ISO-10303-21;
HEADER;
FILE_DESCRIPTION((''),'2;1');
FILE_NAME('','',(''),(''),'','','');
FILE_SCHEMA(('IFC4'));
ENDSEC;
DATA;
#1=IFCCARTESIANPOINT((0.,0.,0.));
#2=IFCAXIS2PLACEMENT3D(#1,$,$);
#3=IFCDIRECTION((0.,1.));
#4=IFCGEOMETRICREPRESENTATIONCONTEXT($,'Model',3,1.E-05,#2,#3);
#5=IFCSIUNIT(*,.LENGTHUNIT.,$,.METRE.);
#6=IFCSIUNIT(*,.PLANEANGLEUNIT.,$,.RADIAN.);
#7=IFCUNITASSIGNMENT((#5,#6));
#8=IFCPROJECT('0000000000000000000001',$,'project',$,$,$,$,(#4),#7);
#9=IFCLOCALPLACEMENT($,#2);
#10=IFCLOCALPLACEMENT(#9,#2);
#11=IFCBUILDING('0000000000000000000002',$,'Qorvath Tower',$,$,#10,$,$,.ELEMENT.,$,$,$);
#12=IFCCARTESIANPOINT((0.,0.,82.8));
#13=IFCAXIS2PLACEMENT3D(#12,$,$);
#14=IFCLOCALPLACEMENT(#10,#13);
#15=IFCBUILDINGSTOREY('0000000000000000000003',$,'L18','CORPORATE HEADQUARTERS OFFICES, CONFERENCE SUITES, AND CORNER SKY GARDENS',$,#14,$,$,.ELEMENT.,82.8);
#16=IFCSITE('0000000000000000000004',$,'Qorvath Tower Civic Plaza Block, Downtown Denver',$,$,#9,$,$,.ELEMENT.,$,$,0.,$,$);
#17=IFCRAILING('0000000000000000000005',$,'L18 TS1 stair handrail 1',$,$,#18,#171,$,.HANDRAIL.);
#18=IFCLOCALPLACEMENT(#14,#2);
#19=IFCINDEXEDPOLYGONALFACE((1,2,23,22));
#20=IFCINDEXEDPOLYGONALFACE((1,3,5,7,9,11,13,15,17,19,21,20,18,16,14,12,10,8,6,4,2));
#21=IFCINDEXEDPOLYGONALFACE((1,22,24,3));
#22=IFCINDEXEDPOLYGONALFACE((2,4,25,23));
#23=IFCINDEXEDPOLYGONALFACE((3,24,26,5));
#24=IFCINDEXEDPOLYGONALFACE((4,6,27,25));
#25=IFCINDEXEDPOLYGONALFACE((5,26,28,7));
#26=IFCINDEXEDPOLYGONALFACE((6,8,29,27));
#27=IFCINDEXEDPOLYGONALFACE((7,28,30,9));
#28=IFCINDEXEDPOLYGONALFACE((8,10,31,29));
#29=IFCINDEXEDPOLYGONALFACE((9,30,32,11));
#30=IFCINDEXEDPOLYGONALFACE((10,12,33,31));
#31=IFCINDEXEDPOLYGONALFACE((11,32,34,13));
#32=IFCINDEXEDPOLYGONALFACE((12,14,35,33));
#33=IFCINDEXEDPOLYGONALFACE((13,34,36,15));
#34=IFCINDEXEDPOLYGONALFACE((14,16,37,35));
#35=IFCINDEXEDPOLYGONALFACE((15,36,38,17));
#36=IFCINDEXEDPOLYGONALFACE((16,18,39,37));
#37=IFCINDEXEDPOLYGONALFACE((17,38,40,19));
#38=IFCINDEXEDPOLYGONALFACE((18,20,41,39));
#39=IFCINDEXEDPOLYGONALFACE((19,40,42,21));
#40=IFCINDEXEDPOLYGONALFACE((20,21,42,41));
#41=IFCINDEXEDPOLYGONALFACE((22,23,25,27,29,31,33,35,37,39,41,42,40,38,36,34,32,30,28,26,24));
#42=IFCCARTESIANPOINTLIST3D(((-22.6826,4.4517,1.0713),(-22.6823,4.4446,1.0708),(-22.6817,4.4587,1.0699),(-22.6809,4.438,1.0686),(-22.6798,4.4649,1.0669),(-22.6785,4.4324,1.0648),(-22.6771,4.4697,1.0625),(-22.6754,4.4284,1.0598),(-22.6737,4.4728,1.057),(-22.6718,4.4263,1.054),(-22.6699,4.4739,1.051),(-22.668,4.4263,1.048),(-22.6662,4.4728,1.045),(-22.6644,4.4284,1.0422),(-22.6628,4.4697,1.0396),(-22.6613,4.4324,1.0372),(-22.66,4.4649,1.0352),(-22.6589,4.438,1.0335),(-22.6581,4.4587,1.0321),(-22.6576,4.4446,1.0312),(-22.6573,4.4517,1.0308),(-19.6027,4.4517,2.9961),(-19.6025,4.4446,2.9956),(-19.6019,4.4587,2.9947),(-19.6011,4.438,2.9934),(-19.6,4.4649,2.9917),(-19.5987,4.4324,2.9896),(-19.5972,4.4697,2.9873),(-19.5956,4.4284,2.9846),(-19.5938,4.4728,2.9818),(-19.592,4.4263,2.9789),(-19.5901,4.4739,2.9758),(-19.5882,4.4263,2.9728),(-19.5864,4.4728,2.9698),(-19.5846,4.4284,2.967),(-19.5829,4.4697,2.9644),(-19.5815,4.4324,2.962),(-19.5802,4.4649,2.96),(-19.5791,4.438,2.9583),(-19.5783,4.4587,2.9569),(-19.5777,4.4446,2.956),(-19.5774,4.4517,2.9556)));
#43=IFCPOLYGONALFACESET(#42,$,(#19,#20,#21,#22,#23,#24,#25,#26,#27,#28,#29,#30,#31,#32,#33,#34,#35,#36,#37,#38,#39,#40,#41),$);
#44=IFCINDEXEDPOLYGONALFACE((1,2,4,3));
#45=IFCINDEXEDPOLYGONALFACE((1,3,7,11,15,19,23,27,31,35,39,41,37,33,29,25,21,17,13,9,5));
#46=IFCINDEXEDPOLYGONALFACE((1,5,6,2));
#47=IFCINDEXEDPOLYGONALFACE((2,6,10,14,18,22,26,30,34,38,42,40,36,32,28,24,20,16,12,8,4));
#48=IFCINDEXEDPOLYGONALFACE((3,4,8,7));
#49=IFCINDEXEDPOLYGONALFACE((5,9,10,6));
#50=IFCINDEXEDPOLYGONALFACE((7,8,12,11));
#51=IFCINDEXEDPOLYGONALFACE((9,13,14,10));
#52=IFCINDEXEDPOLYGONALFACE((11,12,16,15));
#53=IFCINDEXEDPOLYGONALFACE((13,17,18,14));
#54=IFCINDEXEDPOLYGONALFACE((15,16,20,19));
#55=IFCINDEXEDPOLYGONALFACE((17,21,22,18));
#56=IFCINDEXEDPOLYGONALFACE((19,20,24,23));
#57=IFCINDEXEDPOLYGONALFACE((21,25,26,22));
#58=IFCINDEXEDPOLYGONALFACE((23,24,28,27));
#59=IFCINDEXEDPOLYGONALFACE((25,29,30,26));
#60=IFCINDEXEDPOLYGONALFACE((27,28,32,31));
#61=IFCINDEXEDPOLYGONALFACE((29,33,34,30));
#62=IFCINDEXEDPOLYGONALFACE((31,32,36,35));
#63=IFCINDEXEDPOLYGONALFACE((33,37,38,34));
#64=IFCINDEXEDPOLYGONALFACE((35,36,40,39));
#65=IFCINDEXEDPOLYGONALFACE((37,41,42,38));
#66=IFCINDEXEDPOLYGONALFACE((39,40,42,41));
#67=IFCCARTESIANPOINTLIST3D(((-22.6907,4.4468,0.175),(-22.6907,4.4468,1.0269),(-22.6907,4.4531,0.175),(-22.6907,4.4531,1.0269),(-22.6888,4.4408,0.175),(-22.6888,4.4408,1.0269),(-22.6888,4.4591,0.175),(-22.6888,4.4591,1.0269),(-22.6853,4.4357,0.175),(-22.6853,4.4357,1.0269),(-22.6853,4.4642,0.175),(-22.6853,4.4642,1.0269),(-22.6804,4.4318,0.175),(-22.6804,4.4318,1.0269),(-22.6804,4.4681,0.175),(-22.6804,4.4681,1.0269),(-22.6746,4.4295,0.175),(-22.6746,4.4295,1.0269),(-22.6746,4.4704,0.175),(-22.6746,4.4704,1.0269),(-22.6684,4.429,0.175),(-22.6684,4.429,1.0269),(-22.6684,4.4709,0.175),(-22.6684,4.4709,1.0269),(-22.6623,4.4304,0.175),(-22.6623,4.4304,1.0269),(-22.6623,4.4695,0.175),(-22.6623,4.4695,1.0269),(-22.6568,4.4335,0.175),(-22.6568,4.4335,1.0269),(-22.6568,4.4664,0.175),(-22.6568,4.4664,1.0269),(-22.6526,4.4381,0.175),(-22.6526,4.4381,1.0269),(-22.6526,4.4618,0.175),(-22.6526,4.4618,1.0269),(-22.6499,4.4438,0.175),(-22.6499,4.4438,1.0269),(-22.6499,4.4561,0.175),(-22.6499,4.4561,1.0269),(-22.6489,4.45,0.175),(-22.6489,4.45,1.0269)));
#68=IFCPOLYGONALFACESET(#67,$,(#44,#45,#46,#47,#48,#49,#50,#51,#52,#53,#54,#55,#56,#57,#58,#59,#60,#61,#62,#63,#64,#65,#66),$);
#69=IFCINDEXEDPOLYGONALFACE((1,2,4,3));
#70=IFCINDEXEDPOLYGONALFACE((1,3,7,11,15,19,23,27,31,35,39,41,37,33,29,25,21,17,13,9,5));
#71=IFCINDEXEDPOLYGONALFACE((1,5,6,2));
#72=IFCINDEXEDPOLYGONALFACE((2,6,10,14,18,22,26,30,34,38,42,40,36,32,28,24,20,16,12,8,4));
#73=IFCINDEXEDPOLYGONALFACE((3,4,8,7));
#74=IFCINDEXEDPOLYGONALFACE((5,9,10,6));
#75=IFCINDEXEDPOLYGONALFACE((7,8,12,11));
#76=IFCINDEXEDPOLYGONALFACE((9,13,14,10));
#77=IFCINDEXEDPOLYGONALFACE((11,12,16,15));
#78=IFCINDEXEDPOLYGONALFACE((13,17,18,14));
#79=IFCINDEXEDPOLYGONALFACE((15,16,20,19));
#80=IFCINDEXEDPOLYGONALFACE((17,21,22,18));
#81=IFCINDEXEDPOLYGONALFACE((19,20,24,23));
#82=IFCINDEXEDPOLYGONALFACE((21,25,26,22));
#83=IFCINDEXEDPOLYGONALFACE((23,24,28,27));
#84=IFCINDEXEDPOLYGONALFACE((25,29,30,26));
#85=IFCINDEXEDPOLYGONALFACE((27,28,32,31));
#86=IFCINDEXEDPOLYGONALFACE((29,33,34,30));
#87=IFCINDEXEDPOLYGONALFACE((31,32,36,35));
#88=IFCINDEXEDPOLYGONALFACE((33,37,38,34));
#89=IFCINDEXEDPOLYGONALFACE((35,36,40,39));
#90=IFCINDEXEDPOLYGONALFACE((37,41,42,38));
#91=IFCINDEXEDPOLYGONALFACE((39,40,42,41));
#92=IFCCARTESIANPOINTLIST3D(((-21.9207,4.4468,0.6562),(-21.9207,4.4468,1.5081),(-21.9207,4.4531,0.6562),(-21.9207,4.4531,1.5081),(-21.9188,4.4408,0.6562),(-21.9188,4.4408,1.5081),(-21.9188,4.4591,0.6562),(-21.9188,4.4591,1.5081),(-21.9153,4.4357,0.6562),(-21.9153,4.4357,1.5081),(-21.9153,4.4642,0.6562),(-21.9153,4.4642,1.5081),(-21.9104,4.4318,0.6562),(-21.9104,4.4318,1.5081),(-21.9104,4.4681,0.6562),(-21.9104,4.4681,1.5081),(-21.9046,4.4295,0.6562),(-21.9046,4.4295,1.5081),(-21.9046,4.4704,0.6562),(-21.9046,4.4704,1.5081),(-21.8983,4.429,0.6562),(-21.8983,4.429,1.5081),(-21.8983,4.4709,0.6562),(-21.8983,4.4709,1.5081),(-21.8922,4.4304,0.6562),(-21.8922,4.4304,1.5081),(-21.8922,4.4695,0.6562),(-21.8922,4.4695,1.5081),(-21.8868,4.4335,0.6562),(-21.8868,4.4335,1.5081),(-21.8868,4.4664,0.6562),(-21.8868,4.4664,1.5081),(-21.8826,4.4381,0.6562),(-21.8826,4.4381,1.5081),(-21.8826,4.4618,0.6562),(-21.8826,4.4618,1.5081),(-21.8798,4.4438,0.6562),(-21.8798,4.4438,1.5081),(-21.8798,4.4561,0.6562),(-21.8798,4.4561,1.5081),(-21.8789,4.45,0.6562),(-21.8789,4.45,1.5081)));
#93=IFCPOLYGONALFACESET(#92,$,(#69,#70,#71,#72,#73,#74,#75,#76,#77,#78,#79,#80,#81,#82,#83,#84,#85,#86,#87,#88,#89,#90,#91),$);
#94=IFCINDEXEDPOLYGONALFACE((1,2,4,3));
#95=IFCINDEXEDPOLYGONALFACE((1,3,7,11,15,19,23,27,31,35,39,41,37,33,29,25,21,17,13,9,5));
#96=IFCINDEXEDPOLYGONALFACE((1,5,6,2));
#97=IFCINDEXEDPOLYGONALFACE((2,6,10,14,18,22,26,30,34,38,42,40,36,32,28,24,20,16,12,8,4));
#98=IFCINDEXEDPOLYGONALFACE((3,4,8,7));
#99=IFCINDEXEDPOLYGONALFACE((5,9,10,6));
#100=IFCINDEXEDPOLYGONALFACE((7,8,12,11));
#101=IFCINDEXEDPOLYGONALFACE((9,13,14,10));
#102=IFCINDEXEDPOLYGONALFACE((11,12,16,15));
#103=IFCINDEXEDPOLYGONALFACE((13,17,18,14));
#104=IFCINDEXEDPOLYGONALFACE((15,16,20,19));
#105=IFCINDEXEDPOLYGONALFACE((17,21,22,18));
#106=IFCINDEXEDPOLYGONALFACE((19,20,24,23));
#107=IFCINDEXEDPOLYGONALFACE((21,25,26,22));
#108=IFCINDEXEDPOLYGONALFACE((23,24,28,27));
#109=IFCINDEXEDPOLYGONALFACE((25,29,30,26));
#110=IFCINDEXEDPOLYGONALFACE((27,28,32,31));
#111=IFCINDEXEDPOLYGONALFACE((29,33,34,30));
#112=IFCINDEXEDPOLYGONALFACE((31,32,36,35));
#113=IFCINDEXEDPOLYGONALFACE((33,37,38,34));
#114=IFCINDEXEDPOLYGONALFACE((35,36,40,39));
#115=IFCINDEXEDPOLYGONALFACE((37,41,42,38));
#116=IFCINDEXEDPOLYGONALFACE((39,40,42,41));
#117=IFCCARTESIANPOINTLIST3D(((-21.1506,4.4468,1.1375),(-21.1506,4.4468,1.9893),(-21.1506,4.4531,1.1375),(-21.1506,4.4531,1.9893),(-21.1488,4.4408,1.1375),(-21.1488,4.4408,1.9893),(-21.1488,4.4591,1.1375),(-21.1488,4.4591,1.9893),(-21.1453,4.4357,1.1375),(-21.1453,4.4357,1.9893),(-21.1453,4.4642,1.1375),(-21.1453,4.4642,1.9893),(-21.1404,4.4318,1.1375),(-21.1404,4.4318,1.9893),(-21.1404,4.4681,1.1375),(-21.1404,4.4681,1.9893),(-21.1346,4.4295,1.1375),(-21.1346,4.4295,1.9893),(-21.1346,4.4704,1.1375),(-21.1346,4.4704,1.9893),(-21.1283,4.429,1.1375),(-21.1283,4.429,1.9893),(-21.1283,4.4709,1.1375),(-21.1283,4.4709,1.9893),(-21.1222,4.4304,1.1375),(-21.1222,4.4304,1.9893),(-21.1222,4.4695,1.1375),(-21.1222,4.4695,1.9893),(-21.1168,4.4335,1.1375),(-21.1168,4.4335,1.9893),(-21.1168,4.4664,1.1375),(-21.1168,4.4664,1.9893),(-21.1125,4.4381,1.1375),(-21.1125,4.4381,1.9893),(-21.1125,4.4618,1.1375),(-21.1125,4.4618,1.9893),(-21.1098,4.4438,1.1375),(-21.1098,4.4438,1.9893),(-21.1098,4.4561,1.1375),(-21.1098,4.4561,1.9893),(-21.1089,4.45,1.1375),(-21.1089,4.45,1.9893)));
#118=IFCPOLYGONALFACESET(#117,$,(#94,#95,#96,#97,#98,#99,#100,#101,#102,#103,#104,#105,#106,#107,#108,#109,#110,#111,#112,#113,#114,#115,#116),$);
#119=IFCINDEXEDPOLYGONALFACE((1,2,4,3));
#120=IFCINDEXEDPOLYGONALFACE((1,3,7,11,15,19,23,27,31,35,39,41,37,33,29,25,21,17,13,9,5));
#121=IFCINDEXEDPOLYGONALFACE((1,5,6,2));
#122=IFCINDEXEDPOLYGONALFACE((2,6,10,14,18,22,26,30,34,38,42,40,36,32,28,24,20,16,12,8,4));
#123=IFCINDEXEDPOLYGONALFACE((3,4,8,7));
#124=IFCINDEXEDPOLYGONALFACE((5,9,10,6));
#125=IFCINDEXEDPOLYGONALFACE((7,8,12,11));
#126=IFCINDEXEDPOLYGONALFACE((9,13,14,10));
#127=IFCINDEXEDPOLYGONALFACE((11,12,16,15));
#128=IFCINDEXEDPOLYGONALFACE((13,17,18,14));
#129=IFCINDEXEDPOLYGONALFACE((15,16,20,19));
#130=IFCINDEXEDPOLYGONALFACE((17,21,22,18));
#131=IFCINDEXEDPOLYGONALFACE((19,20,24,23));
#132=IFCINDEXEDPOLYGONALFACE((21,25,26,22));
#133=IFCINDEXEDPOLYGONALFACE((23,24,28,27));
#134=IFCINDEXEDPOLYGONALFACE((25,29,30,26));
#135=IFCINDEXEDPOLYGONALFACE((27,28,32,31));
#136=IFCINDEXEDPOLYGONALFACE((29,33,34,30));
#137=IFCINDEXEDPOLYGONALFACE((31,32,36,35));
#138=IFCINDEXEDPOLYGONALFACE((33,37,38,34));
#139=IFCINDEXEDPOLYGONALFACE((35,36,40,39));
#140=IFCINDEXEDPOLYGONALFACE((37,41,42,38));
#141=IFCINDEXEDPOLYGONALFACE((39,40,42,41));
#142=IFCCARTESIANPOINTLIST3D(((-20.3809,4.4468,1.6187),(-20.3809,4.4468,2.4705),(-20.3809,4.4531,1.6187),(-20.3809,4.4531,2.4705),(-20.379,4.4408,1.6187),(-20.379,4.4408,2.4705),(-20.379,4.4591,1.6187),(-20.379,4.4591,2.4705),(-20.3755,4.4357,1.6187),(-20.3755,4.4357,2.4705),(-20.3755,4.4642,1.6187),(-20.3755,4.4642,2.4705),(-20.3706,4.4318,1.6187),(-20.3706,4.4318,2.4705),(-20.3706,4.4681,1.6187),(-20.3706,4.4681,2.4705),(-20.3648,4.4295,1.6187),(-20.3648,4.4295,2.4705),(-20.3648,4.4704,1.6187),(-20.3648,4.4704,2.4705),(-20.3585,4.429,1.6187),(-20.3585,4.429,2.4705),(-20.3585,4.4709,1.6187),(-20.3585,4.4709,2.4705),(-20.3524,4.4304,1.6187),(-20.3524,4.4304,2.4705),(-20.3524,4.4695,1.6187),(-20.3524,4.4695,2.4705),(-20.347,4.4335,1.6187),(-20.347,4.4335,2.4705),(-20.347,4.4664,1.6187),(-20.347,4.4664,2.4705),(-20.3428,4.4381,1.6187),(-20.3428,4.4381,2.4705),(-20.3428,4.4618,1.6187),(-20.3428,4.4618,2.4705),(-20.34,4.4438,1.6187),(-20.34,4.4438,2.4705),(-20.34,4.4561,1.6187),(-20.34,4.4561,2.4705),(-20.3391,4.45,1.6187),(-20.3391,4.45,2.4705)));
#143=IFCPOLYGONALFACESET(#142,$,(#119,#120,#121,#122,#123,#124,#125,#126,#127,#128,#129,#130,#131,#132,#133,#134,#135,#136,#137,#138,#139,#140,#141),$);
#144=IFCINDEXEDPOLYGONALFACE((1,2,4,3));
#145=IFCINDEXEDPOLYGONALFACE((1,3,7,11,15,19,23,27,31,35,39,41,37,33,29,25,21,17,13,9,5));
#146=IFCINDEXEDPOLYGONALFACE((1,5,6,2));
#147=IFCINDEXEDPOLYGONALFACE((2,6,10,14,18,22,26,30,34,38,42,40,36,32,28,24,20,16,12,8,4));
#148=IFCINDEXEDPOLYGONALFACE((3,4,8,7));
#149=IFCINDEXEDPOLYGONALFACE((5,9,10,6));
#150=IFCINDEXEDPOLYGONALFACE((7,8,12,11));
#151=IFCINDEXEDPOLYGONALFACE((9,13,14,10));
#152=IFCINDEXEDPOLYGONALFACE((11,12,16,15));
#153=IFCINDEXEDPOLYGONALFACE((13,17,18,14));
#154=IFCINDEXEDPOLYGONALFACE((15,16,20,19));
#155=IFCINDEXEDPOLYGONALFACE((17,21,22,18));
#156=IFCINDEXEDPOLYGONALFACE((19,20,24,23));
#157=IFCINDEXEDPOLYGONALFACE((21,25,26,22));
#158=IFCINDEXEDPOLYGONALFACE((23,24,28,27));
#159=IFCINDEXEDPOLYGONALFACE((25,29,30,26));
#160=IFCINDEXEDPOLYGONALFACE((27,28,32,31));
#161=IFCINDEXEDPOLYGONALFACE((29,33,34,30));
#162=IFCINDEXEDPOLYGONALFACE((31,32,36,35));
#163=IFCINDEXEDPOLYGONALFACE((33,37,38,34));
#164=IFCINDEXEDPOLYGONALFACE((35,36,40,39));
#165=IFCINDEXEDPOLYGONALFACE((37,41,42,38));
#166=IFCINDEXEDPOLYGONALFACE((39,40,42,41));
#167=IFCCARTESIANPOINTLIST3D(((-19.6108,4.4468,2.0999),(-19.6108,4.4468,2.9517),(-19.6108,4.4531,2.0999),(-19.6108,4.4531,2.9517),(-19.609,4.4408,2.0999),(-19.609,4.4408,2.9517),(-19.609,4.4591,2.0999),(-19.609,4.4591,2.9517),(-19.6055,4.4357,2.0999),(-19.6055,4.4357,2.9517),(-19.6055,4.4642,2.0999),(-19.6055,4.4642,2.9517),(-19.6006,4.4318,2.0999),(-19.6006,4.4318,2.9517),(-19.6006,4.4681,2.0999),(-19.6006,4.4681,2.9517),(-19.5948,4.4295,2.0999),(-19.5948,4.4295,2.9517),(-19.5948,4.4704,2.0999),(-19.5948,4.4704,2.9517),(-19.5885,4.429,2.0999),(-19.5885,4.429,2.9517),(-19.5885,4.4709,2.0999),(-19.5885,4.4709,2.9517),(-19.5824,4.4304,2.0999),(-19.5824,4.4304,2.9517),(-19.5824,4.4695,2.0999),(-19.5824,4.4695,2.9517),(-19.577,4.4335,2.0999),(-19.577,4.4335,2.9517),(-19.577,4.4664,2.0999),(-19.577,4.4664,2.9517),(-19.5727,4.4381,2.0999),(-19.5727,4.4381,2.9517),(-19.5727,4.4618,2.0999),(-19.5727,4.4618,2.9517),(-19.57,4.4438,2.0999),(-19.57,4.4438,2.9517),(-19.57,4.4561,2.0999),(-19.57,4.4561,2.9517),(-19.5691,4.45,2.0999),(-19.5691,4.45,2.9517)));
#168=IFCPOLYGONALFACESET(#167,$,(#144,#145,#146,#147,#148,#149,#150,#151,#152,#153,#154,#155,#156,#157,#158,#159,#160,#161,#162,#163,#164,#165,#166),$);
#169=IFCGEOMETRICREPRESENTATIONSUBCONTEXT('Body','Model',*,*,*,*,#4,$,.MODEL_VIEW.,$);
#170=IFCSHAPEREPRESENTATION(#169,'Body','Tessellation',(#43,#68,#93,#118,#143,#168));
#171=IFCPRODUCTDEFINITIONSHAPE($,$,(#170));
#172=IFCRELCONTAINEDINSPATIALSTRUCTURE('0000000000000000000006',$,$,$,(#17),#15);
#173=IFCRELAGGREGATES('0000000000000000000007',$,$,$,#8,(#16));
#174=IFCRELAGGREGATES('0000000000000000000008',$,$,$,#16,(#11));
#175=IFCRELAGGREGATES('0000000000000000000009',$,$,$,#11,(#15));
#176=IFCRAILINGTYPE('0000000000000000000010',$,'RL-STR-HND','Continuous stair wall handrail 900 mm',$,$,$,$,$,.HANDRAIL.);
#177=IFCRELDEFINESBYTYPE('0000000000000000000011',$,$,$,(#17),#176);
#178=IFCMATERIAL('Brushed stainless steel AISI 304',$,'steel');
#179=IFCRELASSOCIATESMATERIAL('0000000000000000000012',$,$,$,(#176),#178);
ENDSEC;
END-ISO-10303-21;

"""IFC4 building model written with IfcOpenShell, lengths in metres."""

from ifc_helpers import new_model, si_unit, direction, frame, origin, origin_2d, place, context, subcontext, project, spatial, circle, extrude, material, type_object, element, save


model = new_model("IFC4")

# Units and contexts
model_context = context("Model", 3, precision=1e-05, world=origin(), true_north=direction((0.0, 1.0)))
body_context = subcontext(model_context, "Body", "Model", "MODEL_VIEW")
ifc_project = project(units=[si_unit("LENGTHUNIT", "METRE"), si_unit("PLANEANGLEUNIT", "RADIAN")], contexts=[model_context])

# Site, building, storey
site_placement = place(None, origin())
site = spatial("IfcSite", under=ifc_project, at=site_placement, Name="Qorvath Tower Civic Plaza Block, Downtown Denver", CompositionType="ELEMENT", RefElevation=0.0)
building_placement = place(site_placement, origin())
building = spatial("IfcBuilding", under=site, at=building_placement, Name="Qorvath Tower", CompositionType="ELEMENT")
storey_placement = place(building_placement, frame((0.0, 0.0, 82.8)))
storey = spatial("IfcBuildingStorey", under=building, at=storey_placement, Name="L18", Description="CORPORATE HEADQUARTERS OFFICES, CONFERENCE SUITES, AND CORNER SKY GARDENS", CompositionType="ELEMENT", Elevation=82.8)

# Railing
ifc_material_1 = material(Name="Brushed stainless steel AISI 304", Category="steel")
railing_type_1 = type_object("IfcRailingType", Name="RL-STR-HND", Description="Continuous stair wall handrail 900 mm", PredefinedType="HANDRAIL", material=ifc_material_1)
railing_1_placement = place(storey_placement, frame((-22.6699, 4.45, 0.175)))
element("IfcRailing", 1, at=railing_1_placement, inside=storey, type_object=railing_type_1, Name="L18 TS1 stair handrail 1", PredefinedType="HANDRAIL", context=body_context, shape_type="SweptSolid", body=[
    extrude(circle(Radius=0.0239, at=origin_2d()), frame((0.0, 0.0, 0.876), z_axis=(0.84801, 0.0, 0.529981), x_axis=(0.0, 1.0, 0.0)), (0.0, 0.0, 1.0), 3.6318),
    extrude(circle(Radius=0.021, at=origin_2d()), origin(), (0.0, 0.0, 1.0), 0.8518),
    extrude(circle(Radius=0.021, at=origin_2d()), frame((0.77, 0.0, 0.4812)), (0.0, 0.0, 1.0), 0.8518),
    extrude(circle(Radius=0.021, at=origin_2d()), frame((1.54, 0.0, 0.9624)), (0.0, 0.0, 1.0), 0.8518),
    extrude(circle(Radius=0.021, at=origin_2d()), frame((2.3098, 0.0, 1.4436)), (0.0, 0.0, 1.0), 0.8518),
    extrude(circle(Radius=0.021, at=origin_2d()), frame((3.0798, 0.0, 1.9248)), (0.0, 0.0, 1.0), 0.8518),
])

save(model, "model.ifc")
